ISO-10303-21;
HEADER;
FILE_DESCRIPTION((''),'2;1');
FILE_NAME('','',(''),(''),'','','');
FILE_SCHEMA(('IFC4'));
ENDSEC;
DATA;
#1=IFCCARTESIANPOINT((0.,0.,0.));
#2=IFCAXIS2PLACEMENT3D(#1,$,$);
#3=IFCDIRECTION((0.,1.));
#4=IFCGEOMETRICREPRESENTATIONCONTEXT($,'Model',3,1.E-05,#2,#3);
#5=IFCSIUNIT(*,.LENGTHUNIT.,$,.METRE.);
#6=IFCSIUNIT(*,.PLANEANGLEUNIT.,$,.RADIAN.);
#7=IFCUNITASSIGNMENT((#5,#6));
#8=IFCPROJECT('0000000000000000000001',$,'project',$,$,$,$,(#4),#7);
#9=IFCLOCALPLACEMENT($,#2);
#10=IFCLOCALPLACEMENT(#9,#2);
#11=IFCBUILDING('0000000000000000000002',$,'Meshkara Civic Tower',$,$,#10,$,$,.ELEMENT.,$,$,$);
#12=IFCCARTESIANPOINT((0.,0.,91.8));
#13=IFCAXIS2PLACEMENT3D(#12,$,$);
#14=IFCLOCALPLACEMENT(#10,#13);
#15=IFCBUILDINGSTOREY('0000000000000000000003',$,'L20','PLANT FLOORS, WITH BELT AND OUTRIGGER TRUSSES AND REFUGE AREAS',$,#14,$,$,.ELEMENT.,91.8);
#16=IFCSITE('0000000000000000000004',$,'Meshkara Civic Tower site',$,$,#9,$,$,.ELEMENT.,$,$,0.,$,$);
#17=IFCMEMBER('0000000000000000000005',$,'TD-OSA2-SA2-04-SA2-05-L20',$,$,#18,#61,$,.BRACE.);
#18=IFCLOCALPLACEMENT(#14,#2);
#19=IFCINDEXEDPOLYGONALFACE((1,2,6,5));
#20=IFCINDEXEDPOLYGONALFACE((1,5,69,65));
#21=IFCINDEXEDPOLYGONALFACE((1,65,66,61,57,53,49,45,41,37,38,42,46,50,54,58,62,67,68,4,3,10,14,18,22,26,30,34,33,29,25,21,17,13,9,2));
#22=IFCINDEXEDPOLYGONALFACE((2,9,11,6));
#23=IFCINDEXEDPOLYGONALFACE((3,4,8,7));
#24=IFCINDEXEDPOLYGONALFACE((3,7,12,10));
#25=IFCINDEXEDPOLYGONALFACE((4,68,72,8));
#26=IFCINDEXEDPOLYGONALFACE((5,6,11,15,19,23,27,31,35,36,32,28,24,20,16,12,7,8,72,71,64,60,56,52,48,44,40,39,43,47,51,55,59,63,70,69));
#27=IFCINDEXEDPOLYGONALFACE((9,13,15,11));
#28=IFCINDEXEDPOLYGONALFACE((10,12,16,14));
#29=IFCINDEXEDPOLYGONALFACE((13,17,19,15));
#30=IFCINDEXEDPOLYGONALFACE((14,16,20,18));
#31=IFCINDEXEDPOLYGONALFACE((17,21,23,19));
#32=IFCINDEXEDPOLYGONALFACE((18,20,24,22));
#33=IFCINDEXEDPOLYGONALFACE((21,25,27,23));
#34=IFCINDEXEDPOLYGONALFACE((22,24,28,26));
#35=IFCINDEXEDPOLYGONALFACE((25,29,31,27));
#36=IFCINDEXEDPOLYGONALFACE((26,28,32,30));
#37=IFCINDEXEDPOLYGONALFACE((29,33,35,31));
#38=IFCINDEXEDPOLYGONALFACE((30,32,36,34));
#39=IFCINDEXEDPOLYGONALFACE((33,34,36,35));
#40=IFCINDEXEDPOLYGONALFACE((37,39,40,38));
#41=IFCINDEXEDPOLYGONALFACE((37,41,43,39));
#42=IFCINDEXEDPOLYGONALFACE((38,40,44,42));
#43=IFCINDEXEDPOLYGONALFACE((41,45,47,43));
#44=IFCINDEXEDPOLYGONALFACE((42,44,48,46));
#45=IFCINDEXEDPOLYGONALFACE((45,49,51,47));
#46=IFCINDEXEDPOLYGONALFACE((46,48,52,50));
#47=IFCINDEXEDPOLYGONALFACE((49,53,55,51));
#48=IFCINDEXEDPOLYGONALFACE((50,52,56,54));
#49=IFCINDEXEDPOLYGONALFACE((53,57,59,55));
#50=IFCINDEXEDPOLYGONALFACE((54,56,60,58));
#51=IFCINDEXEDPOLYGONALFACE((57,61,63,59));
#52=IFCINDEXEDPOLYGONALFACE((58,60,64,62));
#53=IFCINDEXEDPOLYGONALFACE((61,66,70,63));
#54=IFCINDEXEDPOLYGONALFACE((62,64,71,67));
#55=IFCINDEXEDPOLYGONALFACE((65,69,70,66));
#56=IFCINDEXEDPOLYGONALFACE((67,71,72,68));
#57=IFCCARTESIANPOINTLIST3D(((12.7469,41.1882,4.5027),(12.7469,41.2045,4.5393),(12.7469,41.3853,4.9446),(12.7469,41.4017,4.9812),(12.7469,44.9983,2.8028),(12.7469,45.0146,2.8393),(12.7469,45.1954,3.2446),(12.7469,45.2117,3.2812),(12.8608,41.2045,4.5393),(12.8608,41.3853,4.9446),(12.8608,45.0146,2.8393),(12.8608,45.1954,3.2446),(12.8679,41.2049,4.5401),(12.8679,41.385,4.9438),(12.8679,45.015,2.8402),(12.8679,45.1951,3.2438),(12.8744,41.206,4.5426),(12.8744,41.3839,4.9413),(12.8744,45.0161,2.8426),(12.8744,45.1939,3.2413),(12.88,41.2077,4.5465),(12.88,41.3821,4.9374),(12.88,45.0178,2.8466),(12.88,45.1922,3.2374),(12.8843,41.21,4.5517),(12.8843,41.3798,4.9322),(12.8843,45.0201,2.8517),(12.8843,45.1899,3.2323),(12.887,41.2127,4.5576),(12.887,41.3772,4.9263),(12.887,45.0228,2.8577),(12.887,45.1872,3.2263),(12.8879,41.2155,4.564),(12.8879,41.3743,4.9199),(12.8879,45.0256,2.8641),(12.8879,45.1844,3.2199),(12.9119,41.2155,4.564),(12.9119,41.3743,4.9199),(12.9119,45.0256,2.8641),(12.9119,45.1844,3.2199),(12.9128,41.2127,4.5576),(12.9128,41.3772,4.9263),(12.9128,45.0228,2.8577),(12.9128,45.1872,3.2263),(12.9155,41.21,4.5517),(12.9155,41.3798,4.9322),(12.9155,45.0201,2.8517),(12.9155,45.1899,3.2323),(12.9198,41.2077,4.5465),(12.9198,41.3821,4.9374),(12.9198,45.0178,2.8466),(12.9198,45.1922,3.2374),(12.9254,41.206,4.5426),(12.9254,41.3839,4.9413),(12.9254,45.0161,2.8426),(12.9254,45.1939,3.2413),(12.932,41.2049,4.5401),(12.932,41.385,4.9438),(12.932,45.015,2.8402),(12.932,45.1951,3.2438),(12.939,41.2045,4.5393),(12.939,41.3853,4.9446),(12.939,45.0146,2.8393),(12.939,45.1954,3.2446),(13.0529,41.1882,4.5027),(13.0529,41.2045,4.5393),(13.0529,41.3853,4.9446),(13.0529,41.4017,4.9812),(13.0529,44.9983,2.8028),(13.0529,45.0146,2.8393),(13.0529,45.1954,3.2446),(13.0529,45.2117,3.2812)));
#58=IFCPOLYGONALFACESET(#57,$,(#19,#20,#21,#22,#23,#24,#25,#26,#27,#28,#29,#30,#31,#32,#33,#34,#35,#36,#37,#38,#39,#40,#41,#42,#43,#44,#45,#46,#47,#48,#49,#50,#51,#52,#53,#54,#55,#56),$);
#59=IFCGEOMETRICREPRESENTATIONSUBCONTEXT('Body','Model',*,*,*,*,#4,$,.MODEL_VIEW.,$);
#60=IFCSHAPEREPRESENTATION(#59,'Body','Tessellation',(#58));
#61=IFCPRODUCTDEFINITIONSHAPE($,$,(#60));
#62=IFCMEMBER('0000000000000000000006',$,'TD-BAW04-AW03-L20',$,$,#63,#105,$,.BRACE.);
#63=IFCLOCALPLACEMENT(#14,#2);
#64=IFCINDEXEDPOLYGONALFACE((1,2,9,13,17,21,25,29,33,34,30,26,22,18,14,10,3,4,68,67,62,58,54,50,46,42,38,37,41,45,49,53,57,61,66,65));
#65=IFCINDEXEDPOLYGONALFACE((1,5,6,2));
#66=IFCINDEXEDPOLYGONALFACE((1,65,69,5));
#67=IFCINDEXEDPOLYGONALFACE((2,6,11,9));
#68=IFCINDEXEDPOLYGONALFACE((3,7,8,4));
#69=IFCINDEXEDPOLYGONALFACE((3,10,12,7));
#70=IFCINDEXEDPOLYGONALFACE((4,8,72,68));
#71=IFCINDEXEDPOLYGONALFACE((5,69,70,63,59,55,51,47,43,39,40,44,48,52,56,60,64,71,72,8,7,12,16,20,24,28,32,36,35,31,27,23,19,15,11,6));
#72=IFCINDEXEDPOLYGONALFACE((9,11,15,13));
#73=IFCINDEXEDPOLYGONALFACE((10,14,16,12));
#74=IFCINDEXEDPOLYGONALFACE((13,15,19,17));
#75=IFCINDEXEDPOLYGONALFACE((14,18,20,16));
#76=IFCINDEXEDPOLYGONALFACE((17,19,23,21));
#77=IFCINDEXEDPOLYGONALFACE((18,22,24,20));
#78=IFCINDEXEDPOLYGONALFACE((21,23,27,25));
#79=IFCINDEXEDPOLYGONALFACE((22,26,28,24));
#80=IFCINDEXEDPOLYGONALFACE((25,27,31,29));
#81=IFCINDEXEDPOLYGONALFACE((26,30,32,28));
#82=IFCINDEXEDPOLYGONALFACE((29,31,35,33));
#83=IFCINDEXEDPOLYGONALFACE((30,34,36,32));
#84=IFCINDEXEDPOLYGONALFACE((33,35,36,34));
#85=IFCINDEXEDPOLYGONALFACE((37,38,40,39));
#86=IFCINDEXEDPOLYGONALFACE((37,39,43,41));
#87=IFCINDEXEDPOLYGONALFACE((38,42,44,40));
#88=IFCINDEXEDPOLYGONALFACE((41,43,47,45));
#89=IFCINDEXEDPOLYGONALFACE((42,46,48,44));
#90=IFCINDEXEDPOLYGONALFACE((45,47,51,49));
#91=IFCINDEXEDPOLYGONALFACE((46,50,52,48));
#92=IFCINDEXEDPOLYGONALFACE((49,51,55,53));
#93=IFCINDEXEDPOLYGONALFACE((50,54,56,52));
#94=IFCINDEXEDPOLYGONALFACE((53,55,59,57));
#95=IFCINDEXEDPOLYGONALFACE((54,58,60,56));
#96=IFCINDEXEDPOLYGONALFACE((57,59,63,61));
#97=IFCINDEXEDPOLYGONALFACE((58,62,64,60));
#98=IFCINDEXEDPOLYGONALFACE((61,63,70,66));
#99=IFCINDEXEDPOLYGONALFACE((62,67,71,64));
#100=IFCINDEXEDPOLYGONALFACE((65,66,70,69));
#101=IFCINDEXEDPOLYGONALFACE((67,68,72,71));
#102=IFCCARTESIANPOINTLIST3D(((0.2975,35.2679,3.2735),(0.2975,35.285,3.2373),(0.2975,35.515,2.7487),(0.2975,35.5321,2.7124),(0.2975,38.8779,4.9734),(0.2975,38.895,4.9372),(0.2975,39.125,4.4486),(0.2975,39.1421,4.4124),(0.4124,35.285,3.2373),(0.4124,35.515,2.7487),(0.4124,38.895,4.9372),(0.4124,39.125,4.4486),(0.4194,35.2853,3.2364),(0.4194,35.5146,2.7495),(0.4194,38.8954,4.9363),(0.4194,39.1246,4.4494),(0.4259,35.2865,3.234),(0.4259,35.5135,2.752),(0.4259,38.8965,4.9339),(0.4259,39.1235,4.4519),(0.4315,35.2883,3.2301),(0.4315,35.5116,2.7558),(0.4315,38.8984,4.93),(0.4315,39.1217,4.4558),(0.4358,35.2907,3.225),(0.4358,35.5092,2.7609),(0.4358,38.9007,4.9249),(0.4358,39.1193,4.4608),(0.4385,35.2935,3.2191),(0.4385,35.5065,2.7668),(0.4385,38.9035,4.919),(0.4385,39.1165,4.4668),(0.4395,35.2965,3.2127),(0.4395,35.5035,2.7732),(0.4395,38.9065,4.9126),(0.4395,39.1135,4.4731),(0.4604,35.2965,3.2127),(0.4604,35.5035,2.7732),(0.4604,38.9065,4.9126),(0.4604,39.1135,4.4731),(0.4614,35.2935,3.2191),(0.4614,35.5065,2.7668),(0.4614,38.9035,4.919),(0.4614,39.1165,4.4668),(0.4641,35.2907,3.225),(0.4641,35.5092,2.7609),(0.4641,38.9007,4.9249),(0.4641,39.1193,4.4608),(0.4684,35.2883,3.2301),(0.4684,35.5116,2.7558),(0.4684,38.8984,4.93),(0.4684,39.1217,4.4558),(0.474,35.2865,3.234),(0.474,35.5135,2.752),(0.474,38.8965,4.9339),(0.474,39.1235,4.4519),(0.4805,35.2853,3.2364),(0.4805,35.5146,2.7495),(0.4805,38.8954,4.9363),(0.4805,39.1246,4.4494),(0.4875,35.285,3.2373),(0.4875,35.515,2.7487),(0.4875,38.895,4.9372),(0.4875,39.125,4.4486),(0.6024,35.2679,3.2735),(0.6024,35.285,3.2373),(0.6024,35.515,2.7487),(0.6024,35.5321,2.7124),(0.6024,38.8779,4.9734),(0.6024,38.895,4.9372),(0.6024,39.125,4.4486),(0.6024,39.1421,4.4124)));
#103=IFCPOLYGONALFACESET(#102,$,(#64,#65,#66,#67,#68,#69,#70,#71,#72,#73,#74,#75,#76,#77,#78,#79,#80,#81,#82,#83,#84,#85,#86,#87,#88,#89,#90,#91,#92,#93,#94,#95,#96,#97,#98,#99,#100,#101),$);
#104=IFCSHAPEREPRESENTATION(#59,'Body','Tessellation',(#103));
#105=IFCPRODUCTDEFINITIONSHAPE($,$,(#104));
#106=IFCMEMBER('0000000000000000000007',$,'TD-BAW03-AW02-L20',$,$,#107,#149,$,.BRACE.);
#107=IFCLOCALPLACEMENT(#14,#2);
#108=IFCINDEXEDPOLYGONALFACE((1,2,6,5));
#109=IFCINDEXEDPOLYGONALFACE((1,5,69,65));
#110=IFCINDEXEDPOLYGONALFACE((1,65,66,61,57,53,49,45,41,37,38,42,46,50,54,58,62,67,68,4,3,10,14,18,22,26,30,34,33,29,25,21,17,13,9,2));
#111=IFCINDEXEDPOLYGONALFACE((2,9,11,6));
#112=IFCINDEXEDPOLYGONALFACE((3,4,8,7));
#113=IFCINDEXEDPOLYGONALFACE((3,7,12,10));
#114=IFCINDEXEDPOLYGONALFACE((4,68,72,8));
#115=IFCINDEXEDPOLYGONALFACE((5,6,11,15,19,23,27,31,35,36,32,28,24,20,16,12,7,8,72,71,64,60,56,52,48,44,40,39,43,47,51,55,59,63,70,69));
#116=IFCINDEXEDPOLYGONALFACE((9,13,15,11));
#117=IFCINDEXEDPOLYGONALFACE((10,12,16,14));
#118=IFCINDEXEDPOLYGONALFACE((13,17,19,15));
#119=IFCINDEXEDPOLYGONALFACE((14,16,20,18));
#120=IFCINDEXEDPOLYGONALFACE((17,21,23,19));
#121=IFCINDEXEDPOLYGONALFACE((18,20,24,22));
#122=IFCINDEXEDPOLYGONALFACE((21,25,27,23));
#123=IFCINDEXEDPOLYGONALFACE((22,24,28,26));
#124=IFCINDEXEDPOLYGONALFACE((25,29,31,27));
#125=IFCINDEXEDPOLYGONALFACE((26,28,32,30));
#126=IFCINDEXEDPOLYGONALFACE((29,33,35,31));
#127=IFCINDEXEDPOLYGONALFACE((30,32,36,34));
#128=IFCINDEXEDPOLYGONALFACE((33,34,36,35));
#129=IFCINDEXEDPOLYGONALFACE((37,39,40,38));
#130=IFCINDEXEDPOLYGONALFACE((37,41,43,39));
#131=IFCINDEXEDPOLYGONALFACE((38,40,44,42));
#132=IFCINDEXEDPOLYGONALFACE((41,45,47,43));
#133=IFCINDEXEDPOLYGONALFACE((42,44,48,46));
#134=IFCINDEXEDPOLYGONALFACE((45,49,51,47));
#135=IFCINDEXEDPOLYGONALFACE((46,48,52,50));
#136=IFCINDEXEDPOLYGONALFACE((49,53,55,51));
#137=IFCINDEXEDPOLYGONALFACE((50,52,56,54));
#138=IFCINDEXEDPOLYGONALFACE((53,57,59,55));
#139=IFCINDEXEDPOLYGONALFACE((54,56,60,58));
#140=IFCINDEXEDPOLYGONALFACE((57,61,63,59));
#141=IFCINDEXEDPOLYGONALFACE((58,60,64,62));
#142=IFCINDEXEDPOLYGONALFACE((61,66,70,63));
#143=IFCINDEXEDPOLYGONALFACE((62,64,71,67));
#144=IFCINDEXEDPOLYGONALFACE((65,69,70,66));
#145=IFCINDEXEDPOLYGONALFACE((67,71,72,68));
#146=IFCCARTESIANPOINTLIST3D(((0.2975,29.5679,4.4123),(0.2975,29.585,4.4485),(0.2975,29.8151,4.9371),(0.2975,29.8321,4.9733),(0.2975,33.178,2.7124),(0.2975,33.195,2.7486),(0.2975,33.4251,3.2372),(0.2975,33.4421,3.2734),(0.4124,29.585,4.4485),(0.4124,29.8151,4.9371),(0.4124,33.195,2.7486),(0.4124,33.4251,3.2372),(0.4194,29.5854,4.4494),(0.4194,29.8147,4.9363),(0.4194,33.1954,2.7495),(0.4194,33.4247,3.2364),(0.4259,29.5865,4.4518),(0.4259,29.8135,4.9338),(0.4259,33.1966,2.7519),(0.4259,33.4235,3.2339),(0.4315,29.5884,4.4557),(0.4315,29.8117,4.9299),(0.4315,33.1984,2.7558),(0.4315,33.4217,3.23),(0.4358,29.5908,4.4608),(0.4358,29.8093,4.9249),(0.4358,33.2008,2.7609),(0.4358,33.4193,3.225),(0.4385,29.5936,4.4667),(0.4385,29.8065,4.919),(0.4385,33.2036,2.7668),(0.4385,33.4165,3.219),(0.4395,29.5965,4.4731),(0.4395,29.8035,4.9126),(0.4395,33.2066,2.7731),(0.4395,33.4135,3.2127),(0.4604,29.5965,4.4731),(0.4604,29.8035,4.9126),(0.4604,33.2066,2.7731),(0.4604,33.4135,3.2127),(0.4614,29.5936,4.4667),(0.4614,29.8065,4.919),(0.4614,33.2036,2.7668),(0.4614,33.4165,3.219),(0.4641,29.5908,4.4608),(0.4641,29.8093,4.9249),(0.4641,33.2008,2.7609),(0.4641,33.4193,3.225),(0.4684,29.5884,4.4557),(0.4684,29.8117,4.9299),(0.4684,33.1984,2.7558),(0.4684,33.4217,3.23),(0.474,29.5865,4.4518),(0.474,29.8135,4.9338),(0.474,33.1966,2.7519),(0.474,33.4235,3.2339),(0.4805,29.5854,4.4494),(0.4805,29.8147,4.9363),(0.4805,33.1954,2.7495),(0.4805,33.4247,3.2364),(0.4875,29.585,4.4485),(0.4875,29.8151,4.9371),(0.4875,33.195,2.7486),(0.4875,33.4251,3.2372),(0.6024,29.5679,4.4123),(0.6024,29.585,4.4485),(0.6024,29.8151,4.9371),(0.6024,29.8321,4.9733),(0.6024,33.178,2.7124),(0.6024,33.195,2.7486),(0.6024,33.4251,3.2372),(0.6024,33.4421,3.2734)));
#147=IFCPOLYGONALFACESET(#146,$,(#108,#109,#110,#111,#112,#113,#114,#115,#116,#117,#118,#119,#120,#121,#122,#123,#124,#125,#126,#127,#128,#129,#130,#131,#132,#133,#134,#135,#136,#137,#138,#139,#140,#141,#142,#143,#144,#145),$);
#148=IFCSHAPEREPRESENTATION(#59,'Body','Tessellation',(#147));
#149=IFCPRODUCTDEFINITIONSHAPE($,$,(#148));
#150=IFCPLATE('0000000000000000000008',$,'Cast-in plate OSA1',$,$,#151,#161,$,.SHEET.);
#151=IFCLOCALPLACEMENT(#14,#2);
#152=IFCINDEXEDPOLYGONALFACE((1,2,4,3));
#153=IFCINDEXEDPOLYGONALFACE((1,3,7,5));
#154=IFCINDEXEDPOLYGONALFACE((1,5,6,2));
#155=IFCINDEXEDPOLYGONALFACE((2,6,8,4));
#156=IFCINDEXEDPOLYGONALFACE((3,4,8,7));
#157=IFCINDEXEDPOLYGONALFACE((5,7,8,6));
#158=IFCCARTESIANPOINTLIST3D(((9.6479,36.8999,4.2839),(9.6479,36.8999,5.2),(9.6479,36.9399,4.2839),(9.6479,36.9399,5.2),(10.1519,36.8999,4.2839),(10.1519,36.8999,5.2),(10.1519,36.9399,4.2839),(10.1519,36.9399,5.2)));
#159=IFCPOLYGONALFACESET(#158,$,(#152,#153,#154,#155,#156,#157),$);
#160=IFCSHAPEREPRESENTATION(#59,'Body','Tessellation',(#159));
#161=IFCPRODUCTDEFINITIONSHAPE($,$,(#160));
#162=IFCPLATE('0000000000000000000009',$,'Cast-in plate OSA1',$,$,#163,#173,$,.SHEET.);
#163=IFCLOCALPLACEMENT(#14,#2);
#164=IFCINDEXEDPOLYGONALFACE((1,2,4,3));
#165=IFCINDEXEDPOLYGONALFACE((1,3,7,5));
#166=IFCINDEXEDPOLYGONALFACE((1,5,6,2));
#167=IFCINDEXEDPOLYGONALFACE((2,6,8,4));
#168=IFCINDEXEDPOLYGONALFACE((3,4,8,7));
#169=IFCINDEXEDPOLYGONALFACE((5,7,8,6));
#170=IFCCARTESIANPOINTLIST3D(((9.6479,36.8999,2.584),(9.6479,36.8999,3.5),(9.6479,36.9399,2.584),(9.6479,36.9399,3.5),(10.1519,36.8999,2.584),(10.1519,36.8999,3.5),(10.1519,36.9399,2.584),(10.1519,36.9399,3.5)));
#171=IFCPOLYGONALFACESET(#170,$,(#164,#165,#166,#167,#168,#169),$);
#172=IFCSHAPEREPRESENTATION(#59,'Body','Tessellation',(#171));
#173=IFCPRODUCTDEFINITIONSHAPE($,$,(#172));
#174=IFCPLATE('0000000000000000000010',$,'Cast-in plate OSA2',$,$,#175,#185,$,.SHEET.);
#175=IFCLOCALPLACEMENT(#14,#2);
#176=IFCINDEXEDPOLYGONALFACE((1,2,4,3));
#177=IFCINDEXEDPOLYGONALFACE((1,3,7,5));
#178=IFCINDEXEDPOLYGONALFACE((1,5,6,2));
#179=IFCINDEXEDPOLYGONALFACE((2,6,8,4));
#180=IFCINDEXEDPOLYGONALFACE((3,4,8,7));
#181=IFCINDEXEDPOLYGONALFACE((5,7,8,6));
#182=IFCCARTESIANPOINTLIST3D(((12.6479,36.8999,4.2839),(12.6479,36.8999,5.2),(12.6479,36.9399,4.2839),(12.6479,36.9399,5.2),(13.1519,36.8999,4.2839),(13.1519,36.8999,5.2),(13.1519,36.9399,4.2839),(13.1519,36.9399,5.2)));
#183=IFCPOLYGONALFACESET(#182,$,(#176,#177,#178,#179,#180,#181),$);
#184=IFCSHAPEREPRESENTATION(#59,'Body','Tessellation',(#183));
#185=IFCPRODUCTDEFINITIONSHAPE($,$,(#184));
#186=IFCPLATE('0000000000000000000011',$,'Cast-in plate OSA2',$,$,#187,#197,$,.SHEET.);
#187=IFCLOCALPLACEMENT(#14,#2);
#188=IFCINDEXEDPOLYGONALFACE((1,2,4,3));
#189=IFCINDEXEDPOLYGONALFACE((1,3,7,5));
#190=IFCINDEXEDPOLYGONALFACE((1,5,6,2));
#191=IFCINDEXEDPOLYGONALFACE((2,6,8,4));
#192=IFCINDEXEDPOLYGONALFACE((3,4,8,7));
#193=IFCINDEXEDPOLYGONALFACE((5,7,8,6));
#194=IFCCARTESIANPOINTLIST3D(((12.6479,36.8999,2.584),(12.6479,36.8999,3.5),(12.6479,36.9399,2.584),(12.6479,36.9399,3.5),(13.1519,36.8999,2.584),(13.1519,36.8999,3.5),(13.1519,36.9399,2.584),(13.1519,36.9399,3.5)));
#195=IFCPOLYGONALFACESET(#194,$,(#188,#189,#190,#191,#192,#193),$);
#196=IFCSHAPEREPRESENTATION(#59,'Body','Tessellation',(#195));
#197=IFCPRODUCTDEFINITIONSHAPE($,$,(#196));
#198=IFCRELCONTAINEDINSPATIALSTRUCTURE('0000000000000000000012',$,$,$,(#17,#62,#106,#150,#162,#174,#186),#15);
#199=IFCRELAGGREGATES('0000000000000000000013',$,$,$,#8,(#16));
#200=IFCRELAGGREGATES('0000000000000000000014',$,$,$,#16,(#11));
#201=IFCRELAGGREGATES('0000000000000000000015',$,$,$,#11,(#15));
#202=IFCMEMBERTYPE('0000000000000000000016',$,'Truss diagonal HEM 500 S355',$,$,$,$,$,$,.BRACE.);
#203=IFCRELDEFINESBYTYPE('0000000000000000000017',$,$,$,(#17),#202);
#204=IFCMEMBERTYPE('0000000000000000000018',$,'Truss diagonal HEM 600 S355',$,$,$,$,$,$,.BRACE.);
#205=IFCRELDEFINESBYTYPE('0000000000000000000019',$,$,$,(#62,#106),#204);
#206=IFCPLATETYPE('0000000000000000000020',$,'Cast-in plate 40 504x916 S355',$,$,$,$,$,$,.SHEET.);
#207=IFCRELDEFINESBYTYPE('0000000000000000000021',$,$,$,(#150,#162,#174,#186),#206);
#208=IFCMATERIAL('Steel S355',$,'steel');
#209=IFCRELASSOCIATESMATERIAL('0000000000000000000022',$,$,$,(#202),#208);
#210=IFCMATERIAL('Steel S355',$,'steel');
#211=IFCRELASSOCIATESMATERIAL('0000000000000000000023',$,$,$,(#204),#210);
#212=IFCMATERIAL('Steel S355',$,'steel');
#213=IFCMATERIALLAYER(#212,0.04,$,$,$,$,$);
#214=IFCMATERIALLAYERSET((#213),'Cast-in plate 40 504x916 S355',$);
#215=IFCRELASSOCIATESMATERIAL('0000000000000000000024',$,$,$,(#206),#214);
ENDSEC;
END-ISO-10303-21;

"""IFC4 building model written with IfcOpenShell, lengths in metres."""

from ifc_helpers import new_model, si_unit, direction, frame, origin, origin_2d, place, context, subcontext, project, spatial, rectangle, i_section, extrude, material, layer, layer_set, material_profile, profile_set, type_object, element, save


model = new_model("IFC4")

# Units and contexts
model_context = context("Model", 3, precision=1e-05, world=origin(), true_north=direction((0.0, 1.0)))
body_context = subcontext(model_context, "Body", "Model", "MODEL_VIEW")
ifc_project = project(units=[si_unit("LENGTHUNIT", "METRE"), si_unit("PLANEANGLEUNIT", "RADIAN")], contexts=[model_context])

# Site, building, storey
site_placement = place(None, origin())
site = spatial("IfcSite", under=ifc_project, at=site_placement, Name="Meshkara Civic Tower site", CompositionType="ELEMENT", RefElevation=0.0)
building_placement = place(site_placement, origin())
building = spatial("IfcBuilding", under=site, at=building_placement, Name="Meshkara Civic Tower", CompositionType="ELEMENT")
storey_placement = place(building_placement, frame((0.0, 0.0, 91.8)))
storey = spatial("IfcBuildingStorey", under=building, at=storey_placement, Name="L20", Description="PLANT FLOORS, WITH BELT AND OUTRIGGER TRUSSES AND REFUGE AREAS", CompositionType="ELEMENT", Elevation=91.8)

# Members
ifc_material_1 = material(Name="Steel S355", Category="steel")
ifc_material_profile_1 = material_profile(ifc_material_1, i_section(OverallWidth=0.3059, OverallDepth=0.5239, WebThickness=0.0239, FlangeThickness=0.04, FilletRadius=0.0271, at=origin_2d()))
ifc_profile_set_1 = profile_set([ifc_material_profile_1], Name="Steel S355")
member_type_1 = type_object("IfcMemberType", Name="Truss diagonal HEM 500 S355", PredefinedType="BRACE", material=ifc_profile_set_1)
member_1_placement = place(storey_placement, frame((12.8999, 41.2949, 4.7419), z_axis=(0.0, 0.913224, -0.407457), x_axis=(-1.0, 0.0, 0.0)))
element("IfcMember", 1, at=member_1_placement, inside=storey, type_object=member_type_1, Name="TD-OSA2-SA2-04-SA2-05-L20", PredefinedType="BRACE", context=body_context, shape_type="SweptSolid", body=[
    extrude(i_section(OverallWidth=0.3059, OverallDepth=0.5239, WebThickness=0.0239, FlangeThickness=0.04, FilletRadius=0.0271, at=origin_2d()), origin(), (0.0, 0.0, 1.0), 4.1721),
])
ifc_material_2 = material(Name="Steel S355", Category="steel")
ifc_material_profile_2 = material_profile(ifc_material_2, i_section(OverallWidth=0.3049, OverallDepth=0.6201, WebThickness=0.021, FlangeThickness=0.04, FilletRadius=0.0271, at=origin_2d()))
ifc_profile_set_2 = profile_set([ifc_material_profile_2], Name="Steel S355")
member_type_2 = type_object("IfcMemberType", Name="Truss diagonal HEM 600 S355", PredefinedType="BRACE", material=ifc_profile_set_2)
for number, where, z_axis, x_axis, name in (
    (2, (0.45, 39.01, 4.6929), (0.0, -0.904715, -0.426018), (1.0, 0.0, 0.0), "TD-BAW04-AW03-L20"),
    (3, (0.45, 33.3101, 2.9929), (0.0, -0.904715, 0.426018), (1.0, 0.0, 0.0), "TD-BAW03-AW02-L20"),
):
    element("IfcMember", number, at=place(storey_placement, frame(where, z_axis=z_axis, x_axis=x_axis)), inside=storey, type_object=member_type_2, Name=name, PredefinedType="BRACE", context=body_context, shape_type="SweptSolid", body=[
        extrude(i_section(OverallWidth=0.3049, OverallDepth=0.6201, WebThickness=0.021, FlangeThickness=0.04, FilletRadius=0.0271, at=origin_2d()), origin(), (0.0, 0.0, 1.0), 3.9902),
    ])

# Plates
ifc_material_3 = material(Name="Steel S355", Category="steel")
ifc_layer_1 = layer(ifc_material_3, 0.04)
ifc_layer_set_1 = layer_set([ifc_layer_1], Name="Cast-in plate 40 504x916 S355")
plate_type = type_object("IfcPlateType", Name="Cast-in plate 40 504x916 S355", PredefinedType="SHEET", material=ifc_layer_set_1)
for number, where, z_axis, x_axis, name in (
    (4, (9.8999, 36.9199, 4.2839), (0.0, 0.0, 1.0), (0.0, 1.0, 0.0), "Cast-in plate OSA1"),
    (5, (9.8999, 36.9199, 2.584), (0.0, 0.0, 1.0), (0.0, 1.0, 0.0), "Cast-in plate OSA1"),
    (6, (12.8999, 36.9199, 4.2839), (0.0, 0.0, 1.0), (0.0, 1.0, 0.0), "Cast-in plate OSA2"),
    (7, (12.8999, 36.9199, 2.584), (0.0, 0.0, 1.0), (0.0, 1.0, 0.0), "Cast-in plate OSA2"),
):
    element("IfcPlate", number, at=place(storey_placement, frame(where, z_axis=z_axis, x_axis=x_axis)), inside=storey, type_object=plate_type, Name=name, PredefinedType="SHEET", context=body_context, shape_type="SweptSolid", body=[
        extrude(rectangle(XDim=0.04, YDim=0.5039, at=origin_2d()), origin(), (0.0, 0.0, 1.0), 0.916),
    ])

save(model, "model.ifc")
